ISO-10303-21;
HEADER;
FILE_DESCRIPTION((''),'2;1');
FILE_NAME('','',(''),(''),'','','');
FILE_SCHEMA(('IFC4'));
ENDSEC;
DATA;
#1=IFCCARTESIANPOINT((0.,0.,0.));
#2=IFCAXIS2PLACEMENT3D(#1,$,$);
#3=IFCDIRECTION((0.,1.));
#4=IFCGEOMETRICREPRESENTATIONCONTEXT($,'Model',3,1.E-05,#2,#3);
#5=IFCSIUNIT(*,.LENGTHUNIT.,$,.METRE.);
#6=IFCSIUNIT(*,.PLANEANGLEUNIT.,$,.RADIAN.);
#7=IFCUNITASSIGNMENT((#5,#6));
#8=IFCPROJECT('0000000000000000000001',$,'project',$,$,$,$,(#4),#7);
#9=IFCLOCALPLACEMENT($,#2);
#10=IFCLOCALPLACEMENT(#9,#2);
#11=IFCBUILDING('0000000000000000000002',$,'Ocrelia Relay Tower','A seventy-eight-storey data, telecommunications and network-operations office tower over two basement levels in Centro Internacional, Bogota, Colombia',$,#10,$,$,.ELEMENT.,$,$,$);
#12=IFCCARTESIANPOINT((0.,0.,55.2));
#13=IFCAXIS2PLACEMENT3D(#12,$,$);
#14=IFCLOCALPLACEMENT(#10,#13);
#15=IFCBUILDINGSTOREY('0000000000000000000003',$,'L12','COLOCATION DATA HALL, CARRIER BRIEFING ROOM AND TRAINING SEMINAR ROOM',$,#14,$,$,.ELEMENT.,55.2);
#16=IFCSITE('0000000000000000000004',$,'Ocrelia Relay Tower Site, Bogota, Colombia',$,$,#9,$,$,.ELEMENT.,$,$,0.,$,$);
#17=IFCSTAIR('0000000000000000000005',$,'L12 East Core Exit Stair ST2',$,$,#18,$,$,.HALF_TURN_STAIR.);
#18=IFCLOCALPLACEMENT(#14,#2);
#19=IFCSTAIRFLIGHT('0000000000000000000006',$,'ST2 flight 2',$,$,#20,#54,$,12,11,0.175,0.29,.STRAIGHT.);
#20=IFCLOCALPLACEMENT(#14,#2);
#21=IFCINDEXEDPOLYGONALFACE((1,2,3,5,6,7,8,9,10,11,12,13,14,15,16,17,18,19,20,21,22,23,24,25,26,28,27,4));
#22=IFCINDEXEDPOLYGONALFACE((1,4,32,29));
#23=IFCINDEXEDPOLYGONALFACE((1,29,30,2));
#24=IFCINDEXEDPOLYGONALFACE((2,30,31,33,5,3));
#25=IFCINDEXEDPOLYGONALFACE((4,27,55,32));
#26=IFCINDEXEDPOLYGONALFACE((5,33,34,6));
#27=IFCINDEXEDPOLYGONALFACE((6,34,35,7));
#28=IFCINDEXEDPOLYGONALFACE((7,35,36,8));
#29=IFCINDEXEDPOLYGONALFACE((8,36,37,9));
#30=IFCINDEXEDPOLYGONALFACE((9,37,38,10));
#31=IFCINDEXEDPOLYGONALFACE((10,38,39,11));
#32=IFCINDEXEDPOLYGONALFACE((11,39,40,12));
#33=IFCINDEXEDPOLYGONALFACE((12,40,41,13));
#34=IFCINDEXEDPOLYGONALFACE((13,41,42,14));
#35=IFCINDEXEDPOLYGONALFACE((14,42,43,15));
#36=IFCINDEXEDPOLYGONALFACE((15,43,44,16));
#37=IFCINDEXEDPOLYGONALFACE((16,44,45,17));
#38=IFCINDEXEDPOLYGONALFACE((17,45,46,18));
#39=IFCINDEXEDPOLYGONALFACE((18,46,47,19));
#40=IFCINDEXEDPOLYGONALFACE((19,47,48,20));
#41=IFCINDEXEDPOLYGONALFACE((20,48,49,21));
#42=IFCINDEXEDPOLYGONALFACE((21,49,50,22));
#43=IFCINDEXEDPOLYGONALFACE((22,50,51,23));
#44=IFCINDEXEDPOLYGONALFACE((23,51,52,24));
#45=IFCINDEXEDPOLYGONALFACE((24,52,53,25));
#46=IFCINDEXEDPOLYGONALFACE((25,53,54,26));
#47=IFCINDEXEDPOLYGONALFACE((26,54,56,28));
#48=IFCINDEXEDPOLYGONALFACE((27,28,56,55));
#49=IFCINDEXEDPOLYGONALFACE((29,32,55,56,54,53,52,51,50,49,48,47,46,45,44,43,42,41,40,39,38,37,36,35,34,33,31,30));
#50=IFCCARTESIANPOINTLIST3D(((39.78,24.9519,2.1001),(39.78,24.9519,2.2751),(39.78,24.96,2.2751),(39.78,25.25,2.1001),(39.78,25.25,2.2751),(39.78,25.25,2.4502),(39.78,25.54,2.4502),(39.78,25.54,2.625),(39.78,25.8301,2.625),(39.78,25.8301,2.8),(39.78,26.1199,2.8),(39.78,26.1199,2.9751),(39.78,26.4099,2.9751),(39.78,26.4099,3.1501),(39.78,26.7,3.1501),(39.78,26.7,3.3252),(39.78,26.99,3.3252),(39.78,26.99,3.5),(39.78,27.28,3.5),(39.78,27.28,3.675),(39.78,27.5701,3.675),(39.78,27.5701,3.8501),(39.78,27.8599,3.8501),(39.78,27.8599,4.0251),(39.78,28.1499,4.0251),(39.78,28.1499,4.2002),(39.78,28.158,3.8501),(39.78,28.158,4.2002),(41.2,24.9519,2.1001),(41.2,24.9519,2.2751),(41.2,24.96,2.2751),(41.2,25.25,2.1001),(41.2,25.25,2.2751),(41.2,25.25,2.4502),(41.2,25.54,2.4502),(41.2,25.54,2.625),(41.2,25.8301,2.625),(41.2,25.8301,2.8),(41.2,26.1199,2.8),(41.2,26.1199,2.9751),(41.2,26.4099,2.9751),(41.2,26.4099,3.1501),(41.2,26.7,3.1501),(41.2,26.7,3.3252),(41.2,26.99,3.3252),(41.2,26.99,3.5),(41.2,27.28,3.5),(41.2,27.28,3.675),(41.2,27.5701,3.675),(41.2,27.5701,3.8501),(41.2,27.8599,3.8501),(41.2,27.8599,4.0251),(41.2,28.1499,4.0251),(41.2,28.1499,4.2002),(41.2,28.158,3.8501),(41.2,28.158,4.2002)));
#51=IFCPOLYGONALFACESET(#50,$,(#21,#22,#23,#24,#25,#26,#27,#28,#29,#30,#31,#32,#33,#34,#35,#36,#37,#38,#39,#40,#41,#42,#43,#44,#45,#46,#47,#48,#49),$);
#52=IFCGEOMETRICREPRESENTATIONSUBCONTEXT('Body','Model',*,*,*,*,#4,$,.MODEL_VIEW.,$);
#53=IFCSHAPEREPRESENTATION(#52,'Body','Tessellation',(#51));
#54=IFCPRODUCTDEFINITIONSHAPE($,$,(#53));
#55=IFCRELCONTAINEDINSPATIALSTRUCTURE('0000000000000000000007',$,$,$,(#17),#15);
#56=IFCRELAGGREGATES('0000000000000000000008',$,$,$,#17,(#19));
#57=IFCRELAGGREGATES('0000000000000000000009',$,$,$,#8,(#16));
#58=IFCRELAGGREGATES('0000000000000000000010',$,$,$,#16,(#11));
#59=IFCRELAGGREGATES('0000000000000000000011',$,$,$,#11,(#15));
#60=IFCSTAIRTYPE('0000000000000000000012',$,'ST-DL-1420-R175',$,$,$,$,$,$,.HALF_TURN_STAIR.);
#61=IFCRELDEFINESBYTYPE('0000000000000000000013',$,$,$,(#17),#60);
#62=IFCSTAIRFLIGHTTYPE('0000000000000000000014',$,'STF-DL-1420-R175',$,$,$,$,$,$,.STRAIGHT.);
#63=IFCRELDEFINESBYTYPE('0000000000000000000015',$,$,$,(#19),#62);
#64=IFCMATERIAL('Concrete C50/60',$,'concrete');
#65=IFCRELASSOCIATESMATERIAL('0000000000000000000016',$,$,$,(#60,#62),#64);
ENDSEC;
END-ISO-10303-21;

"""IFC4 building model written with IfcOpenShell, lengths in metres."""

from ifc_helpers import new_model, si_unit, direction, frame, origin, place, context, subcontext, project, spatial, polyline, outline, extrude, material, type_object, element, aggregate, save


model = new_model("IFC4")

# Units and contexts
model_context = context("Model", 3, precision=1e-05, world=origin(), true_north=direction((0.0, 1.0)))
body_context = subcontext(model_context, "Body", "Model", "MODEL_VIEW")
ifc_project = project(units=[si_unit("LENGTHUNIT", "METRE"), si_unit("PLANEANGLEUNIT", "RADIAN")], contexts=[model_context])

# Site, building, storey
site_placement = place(None, origin())
site = spatial("IfcSite", under=ifc_project, at=site_placement, Name="Ocrelia Relay Tower Site, Bogota, Colombia", CompositionType="ELEMENT", RefElevation=0.0)
building_placement = place(site_placement, origin())
building = spatial("IfcBuilding", under=site, at=building_placement, Name="Ocrelia Relay Tower", Description="A seventy-eight-storey data, telecommunications and network-operations office tower over two basement levels in Centro Internacional, Bogota, Colombia", CompositionType="ELEMENT")
storey_placement = place(building_placement, frame((0.0, 0.0, 55.2)))
storey = spatial("IfcBuildingStorey", under=building, at=storey_placement, Name="L12", Description="COLOCATION DATA HALL, CARRIER BRIEFING ROOM AND TRAINING SEMINAR ROOM", CompositionType="ELEMENT", Elevation=55.2)

# Shared definitions
ifc_material_1 = material(Name="Concrete C50/60", Category="concrete")

# Stair, stair flight
stair_type = type_object("IfcStairType", Name="ST-DL-1420-R175", PredefinedType="HALF_TURN_STAIR", material=ifc_material_1)
stair_placement = place(storey_placement, origin())
stair = element("IfcStair", 1, at=stair_placement, inside=storey, type_object=stair_type, Name="L12 East Core Exit Stair ST2", PredefinedType="HALF_TURN_STAIR")
stair_flight_type = type_object("IfcStairFlightType", Name="STF-DL-1420-R175", PredefinedType="STRAIGHT", material=ifc_material_1)
stair_flight_placement = place(storey_placement, frame((40.49, 24.96, 2.1001), z_axis=(0.0, 0.0, 1.0), x_axis=(0.0, 1.0, 0.0)))
stair_flight = element("IfcStairFlight", 2, at=stair_flight_placement, type_object=stair_flight_type, Name="ST2 flight 2", NumberOfRisers=12, NumberOfTreads=11, PredefinedType="STRAIGHT", RiserHeight=0.175, TreadLength=0.29, context=body_context, shape_type="SweptSolid", body=[
    extrude(outline(polyline([(-0.0081, 0.0), (-0.0081, 0.175), (0.0, 0.175), (0.29, 0.175), (0.29, 0.3501), (0.5801, 0.3501), (0.5801, 0.5249), (0.8701, 0.5249), (0.8701, 0.7), (1.1599, 0.7), (1.1599, 0.875), (1.45, 0.875), (1.45, 1.05), (1.74, 1.05), (1.74, 1.2251), (2.03, 1.2251), (2.03, 1.3999), (2.3201, 1.3999), (2.3201, 1.575), (2.6101, 1.575), (2.6101, 1.75), (2.8999, 1.75), (2.8999, 1.925), (3.1899, 1.925), (3.1899, 2.1001), (3.198, 2.1001), (3.198, 1.75), (0.29, 0.0), (-0.0081, 0.0)])), frame((0.0, 0.71, 0.0), z_axis=(0.0, -1.0, 0.0), x_axis=(1.0, 0.0, 0.0)), (0.0, 0.0, 1.0), 1.4199),
])
aggregate(stair, [stair_flight])

save(model, "model.ifc")
